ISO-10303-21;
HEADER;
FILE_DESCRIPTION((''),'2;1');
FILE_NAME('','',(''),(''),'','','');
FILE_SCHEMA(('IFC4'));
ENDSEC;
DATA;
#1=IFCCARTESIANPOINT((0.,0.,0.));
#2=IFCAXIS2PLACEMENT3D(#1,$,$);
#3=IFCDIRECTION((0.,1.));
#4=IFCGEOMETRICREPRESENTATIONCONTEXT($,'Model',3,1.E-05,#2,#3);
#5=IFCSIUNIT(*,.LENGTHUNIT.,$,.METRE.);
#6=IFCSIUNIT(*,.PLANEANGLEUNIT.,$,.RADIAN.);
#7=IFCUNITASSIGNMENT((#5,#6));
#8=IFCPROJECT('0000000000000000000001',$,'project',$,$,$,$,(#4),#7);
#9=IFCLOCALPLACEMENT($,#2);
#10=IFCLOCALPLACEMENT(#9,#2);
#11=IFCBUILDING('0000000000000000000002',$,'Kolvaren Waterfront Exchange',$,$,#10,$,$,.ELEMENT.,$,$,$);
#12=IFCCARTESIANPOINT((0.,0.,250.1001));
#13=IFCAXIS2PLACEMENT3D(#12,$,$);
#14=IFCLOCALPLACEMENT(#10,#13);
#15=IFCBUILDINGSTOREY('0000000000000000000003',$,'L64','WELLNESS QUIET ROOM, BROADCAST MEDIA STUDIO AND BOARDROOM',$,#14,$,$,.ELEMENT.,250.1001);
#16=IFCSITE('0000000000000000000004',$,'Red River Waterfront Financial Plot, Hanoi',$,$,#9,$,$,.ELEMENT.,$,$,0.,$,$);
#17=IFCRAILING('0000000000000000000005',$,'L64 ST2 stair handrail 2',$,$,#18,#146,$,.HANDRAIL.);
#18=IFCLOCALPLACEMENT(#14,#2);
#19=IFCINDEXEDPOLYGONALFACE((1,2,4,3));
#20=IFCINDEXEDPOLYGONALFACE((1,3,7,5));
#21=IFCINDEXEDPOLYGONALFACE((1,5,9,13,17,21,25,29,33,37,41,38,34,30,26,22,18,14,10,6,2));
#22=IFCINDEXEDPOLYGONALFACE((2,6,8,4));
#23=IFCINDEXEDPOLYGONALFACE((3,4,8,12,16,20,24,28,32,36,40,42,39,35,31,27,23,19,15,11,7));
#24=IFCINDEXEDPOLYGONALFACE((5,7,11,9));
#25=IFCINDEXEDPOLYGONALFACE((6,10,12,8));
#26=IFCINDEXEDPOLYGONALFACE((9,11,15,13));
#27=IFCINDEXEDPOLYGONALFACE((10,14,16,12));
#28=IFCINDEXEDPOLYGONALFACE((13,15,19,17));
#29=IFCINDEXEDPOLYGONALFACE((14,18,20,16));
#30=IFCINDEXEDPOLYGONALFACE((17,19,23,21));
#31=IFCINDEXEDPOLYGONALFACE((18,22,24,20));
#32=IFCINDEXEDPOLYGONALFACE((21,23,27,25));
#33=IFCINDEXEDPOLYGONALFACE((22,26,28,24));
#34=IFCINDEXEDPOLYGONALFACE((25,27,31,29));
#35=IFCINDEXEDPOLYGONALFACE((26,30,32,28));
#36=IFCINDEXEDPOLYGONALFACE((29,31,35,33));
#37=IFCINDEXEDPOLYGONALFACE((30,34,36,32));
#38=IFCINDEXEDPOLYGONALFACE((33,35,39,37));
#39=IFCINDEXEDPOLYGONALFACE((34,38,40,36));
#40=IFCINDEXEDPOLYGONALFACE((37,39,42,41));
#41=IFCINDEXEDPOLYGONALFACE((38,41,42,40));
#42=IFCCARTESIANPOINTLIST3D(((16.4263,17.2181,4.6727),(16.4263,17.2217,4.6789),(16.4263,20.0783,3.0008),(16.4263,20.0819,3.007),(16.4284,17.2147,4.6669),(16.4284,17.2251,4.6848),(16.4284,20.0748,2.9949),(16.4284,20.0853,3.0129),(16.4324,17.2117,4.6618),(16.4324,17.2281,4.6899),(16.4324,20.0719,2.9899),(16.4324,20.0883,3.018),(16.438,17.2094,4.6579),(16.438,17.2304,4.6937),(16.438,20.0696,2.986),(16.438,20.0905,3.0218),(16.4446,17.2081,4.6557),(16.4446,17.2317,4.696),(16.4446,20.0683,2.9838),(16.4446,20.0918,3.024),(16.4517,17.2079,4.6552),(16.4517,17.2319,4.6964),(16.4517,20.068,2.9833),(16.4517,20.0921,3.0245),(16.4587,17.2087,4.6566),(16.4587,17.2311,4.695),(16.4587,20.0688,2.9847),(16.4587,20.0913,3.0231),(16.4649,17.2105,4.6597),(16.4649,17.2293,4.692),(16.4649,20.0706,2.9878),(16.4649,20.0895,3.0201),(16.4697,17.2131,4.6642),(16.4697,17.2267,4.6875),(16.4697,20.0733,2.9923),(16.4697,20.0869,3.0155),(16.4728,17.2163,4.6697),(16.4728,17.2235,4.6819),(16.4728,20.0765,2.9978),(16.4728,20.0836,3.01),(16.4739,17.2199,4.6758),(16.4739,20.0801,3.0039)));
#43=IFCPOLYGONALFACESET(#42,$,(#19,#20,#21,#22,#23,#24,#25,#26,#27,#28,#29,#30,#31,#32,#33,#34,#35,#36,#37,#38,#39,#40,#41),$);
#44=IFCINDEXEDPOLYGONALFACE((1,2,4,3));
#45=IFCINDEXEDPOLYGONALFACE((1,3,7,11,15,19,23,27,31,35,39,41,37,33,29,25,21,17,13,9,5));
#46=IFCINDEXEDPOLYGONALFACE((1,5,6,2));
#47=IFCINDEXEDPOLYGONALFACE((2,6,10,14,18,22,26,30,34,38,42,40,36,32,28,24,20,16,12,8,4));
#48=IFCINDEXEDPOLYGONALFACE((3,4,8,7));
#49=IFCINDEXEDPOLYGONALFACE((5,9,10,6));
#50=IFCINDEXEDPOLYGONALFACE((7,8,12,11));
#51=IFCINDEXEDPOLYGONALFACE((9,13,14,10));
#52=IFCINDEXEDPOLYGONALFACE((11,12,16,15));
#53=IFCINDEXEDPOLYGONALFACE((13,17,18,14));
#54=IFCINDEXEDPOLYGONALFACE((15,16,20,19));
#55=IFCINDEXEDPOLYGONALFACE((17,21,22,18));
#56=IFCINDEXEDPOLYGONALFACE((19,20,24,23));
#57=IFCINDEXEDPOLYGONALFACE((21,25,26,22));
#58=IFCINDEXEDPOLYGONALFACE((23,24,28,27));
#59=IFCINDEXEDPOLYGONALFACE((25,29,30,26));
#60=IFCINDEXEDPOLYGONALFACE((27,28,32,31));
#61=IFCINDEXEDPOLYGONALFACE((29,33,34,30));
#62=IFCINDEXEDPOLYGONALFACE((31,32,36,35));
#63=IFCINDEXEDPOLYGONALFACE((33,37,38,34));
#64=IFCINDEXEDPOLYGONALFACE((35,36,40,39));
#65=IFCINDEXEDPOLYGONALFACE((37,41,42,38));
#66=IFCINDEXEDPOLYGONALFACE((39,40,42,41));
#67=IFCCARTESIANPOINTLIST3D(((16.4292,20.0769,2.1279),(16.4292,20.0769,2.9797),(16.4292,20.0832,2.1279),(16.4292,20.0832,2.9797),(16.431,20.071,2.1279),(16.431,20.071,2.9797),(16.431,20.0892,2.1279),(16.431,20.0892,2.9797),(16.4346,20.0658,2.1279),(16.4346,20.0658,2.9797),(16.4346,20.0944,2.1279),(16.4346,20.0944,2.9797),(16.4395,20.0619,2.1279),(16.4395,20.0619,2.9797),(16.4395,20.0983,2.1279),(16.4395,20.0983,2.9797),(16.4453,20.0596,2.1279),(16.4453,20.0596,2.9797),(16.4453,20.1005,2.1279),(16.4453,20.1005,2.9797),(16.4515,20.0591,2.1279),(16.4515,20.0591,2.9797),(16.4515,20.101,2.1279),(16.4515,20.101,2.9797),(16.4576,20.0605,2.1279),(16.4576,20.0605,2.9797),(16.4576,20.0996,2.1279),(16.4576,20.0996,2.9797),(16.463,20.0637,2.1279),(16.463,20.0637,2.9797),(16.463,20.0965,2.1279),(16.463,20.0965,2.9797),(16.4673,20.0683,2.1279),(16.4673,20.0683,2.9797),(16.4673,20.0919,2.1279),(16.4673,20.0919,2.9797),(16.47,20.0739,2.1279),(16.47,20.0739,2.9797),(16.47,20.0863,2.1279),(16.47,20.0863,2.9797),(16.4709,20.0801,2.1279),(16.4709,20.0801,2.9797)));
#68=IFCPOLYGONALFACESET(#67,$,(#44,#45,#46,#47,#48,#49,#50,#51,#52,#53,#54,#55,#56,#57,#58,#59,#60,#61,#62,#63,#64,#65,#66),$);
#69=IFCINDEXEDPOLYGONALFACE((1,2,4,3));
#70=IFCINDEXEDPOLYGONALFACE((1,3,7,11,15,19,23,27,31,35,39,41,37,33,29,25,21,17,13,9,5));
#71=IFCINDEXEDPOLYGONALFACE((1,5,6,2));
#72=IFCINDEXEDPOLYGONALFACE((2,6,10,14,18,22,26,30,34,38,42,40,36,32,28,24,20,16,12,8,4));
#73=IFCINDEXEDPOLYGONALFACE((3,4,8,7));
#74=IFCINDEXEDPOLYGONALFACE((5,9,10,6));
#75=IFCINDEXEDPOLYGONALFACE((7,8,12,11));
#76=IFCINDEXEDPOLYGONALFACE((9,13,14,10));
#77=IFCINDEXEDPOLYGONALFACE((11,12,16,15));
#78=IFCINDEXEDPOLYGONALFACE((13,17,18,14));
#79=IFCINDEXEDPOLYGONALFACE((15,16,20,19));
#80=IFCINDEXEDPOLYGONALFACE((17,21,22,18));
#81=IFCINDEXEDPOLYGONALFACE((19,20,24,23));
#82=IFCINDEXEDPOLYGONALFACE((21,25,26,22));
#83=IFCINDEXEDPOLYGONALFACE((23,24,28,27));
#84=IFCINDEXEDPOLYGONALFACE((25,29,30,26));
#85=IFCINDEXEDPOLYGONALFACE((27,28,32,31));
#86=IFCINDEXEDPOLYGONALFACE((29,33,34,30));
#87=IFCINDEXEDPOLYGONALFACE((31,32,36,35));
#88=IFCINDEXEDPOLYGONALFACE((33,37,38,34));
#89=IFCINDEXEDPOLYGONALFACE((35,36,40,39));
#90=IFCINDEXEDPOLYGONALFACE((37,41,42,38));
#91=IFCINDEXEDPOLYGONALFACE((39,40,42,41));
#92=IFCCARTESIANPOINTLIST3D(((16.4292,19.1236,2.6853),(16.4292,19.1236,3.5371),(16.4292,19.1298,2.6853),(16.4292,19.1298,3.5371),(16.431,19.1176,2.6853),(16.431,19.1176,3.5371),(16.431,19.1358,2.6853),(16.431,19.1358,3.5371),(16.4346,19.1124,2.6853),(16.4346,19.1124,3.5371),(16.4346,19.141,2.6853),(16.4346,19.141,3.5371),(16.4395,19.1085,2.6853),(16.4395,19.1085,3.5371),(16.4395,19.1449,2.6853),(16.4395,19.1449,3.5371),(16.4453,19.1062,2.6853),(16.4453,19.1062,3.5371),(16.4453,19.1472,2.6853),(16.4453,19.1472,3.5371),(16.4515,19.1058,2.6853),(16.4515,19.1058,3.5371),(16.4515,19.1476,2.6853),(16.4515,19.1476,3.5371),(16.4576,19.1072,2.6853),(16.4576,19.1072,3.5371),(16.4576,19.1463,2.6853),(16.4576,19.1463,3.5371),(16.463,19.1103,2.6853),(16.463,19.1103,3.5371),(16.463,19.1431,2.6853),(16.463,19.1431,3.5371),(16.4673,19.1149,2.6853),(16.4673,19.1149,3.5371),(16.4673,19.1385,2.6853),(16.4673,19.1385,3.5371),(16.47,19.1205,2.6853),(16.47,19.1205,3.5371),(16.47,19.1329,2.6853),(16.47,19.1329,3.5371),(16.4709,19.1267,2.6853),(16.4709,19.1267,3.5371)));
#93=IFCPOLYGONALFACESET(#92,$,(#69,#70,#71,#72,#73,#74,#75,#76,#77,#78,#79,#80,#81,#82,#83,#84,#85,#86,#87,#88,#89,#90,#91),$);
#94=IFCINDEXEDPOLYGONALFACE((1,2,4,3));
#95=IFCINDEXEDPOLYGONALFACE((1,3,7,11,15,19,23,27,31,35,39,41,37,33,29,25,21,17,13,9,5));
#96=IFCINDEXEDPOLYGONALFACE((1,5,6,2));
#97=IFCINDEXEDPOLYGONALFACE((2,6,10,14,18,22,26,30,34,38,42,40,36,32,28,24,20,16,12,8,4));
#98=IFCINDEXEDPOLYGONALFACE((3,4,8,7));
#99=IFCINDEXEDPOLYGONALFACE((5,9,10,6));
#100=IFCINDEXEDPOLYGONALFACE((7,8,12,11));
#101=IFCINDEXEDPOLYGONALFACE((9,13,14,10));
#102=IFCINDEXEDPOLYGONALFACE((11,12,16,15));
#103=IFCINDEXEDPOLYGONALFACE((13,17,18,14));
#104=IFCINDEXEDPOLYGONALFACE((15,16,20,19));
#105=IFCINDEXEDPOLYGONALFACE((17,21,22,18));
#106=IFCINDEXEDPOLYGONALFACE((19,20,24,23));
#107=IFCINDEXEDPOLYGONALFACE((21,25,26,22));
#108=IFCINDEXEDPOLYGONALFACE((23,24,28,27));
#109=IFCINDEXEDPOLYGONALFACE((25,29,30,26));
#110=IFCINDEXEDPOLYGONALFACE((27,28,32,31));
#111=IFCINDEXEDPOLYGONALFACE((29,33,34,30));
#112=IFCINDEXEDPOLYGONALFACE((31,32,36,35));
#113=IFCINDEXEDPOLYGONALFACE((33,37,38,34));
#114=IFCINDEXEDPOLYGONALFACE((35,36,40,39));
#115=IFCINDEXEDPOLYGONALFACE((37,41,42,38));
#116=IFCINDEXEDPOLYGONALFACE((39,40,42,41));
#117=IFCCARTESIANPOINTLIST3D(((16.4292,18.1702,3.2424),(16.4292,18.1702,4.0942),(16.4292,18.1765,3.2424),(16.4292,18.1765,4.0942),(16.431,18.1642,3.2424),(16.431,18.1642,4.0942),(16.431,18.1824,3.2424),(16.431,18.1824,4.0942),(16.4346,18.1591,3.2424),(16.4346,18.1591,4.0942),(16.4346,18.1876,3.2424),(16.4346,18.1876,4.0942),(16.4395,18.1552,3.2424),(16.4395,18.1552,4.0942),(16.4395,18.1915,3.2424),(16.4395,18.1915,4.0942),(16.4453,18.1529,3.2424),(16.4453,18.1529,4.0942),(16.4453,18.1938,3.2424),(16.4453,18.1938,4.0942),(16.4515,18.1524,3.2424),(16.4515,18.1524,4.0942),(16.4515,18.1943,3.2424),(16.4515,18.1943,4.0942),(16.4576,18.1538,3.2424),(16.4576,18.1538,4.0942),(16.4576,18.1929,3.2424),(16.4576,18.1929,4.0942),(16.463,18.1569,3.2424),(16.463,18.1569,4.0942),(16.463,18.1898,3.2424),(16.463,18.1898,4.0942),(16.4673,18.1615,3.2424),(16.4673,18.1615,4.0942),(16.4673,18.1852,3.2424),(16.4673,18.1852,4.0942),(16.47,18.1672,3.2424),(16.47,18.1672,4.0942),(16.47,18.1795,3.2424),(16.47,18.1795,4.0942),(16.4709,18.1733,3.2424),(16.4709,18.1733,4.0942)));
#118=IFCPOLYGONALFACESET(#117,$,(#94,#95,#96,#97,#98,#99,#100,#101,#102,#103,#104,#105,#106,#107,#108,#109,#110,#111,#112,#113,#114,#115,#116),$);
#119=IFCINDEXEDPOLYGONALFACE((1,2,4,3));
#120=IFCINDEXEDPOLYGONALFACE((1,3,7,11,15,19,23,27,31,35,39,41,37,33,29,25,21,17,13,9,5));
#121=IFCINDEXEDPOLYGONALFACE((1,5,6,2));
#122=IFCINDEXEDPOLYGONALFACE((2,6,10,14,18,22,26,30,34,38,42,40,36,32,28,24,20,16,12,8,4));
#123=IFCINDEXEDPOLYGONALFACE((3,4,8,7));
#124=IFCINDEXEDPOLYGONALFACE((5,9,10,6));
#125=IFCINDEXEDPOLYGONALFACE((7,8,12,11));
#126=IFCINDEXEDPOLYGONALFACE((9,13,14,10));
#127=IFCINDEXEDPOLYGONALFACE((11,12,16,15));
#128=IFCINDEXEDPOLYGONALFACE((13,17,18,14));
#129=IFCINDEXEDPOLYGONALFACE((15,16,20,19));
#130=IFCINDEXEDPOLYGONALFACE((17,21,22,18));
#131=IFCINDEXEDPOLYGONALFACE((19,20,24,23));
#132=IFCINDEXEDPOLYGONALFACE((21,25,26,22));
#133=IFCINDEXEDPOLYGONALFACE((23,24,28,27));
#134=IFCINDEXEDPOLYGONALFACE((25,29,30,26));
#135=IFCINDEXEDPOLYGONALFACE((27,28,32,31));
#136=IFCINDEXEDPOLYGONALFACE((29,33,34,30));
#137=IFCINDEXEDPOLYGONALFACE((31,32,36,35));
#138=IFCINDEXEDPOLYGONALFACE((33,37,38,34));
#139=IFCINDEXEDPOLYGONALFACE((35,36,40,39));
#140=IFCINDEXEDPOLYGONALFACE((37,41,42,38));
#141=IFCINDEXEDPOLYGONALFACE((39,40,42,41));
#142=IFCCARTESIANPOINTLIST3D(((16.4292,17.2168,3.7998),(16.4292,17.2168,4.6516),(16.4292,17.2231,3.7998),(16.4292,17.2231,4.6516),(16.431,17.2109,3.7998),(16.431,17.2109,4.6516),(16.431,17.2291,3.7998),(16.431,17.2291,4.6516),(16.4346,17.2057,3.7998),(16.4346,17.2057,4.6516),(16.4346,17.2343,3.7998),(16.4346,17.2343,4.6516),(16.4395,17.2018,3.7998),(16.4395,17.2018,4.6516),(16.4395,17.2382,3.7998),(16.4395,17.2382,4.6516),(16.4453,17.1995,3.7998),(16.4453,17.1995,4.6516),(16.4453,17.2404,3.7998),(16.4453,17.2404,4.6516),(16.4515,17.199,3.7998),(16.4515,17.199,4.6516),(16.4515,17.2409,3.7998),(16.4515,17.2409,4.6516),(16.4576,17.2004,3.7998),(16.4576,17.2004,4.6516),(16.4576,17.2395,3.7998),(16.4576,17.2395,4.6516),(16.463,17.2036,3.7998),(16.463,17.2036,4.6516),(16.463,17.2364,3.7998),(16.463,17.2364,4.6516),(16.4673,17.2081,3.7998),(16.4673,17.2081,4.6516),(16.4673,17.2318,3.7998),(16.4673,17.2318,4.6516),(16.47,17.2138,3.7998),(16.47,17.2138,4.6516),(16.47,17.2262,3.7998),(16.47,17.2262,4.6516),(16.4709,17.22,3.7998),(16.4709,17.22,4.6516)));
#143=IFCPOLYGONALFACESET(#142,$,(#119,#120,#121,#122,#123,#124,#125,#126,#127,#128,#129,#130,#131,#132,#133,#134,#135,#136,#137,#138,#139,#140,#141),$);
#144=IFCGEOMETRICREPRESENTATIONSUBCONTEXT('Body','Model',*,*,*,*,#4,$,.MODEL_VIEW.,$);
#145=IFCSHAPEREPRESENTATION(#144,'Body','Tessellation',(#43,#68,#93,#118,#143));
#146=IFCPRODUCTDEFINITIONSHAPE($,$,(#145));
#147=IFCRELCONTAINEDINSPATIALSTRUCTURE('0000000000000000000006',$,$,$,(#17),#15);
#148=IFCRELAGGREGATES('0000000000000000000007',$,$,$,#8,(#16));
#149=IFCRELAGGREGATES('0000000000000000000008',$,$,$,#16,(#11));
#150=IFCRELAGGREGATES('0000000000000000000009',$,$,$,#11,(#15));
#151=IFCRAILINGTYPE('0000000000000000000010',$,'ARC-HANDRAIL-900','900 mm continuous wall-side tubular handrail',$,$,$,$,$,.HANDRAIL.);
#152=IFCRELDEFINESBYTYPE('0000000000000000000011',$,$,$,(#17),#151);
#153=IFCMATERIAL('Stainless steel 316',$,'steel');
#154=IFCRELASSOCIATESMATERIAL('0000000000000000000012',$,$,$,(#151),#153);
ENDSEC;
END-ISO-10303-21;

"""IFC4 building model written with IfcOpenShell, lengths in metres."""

from ifc_helpers import new_model, si_unit, direction, frame, origin, origin_2d, place, context, subcontext, project, spatial, circle, extrude, material, type_object, element, save


model = new_model("IFC4")

# Units and contexts
model_context = context("Model", 3, precision=1e-05, world=origin(), true_north=direction((0.0, 1.0)))
body_context = subcontext(model_context, "Body", "Model", "MODEL_VIEW")
ifc_project = project(units=[si_unit("LENGTHUNIT", "METRE"), si_unit("PLANEANGLEUNIT", "RADIAN")], contexts=[model_context])

# Site, building, storey
site_placement = place(None, origin())
site = spatial("IfcSite", under=ifc_project, at=site_placement, Name="Red River Waterfront Financial Plot, Hanoi", CompositionType="ELEMENT", RefElevation=0.0)
building_placement = place(site_placement, origin())
building = spatial("IfcBuilding", under=site, at=building_placement, Name="Kolvaren Waterfront Exchange", CompositionType="ELEMENT")
storey_placement = place(building_placement, frame((0.0, 0.0, 250.1001)))
storey = spatial("IfcBuildingStorey", under=building, at=storey_placement, Name="L64", Description="WELLNESS QUIET ROOM, BROADCAST MEDIA STUDIO AND BOARDROOM", CompositionType="ELEMENT", Elevation=250.1001)

# Railing
ifc_material_1 = material(Name="Stainless steel 316", Category="steel")
railing_type_1 = type_object("IfcRailingType", Name="ARC-HANDRAIL-900", Description="900 mm continuous wall-side tubular handrail", PredefinedType="HANDRAIL", material=ifc_material_1)
railing_1_placement = place(storey_placement, frame((16.45, 20.0801, 2.1279)))
element("IfcRailing", 1, at=railing_1_placement, inside=storey, type_object=railing_type_1, Name="L64 ST2 stair handrail 2", PredefinedType="HANDRAIL", context=body_context, shape_type="SweptSolid", body=[
    extrude(circle(Radius=0.0239, at=origin_2d()), frame((0.0, 0.0, 0.876), z_axis=(0.0, -0.863321, 0.504654), x_axis=(1.0, 0.0, 0.0)), (0.0, 0.0, 1.0), 3.313),
    extrude(circle(Radius=0.021, at=origin_2d()), origin(), (0.0, 0.0, 1.0), 0.8518),
    extrude(circle(Radius=0.021, at=origin_2d()), frame((0.0, -0.9534, 0.5574)), (0.0, 0.0, 1.0), 0.8518),
    extrude(circle(Radius=0.021, at=origin_2d()), frame((0.0, -1.9067, 1.1145)), (0.0, 0.0, 1.0), 0.8518),
    extrude(circle(Radius=0.021, at=origin_2d()), frame((0.0, -2.8601, 1.6719)), (0.0, 0.0, 1.0), 0.8518),
])

save(model, "model.ifc")
